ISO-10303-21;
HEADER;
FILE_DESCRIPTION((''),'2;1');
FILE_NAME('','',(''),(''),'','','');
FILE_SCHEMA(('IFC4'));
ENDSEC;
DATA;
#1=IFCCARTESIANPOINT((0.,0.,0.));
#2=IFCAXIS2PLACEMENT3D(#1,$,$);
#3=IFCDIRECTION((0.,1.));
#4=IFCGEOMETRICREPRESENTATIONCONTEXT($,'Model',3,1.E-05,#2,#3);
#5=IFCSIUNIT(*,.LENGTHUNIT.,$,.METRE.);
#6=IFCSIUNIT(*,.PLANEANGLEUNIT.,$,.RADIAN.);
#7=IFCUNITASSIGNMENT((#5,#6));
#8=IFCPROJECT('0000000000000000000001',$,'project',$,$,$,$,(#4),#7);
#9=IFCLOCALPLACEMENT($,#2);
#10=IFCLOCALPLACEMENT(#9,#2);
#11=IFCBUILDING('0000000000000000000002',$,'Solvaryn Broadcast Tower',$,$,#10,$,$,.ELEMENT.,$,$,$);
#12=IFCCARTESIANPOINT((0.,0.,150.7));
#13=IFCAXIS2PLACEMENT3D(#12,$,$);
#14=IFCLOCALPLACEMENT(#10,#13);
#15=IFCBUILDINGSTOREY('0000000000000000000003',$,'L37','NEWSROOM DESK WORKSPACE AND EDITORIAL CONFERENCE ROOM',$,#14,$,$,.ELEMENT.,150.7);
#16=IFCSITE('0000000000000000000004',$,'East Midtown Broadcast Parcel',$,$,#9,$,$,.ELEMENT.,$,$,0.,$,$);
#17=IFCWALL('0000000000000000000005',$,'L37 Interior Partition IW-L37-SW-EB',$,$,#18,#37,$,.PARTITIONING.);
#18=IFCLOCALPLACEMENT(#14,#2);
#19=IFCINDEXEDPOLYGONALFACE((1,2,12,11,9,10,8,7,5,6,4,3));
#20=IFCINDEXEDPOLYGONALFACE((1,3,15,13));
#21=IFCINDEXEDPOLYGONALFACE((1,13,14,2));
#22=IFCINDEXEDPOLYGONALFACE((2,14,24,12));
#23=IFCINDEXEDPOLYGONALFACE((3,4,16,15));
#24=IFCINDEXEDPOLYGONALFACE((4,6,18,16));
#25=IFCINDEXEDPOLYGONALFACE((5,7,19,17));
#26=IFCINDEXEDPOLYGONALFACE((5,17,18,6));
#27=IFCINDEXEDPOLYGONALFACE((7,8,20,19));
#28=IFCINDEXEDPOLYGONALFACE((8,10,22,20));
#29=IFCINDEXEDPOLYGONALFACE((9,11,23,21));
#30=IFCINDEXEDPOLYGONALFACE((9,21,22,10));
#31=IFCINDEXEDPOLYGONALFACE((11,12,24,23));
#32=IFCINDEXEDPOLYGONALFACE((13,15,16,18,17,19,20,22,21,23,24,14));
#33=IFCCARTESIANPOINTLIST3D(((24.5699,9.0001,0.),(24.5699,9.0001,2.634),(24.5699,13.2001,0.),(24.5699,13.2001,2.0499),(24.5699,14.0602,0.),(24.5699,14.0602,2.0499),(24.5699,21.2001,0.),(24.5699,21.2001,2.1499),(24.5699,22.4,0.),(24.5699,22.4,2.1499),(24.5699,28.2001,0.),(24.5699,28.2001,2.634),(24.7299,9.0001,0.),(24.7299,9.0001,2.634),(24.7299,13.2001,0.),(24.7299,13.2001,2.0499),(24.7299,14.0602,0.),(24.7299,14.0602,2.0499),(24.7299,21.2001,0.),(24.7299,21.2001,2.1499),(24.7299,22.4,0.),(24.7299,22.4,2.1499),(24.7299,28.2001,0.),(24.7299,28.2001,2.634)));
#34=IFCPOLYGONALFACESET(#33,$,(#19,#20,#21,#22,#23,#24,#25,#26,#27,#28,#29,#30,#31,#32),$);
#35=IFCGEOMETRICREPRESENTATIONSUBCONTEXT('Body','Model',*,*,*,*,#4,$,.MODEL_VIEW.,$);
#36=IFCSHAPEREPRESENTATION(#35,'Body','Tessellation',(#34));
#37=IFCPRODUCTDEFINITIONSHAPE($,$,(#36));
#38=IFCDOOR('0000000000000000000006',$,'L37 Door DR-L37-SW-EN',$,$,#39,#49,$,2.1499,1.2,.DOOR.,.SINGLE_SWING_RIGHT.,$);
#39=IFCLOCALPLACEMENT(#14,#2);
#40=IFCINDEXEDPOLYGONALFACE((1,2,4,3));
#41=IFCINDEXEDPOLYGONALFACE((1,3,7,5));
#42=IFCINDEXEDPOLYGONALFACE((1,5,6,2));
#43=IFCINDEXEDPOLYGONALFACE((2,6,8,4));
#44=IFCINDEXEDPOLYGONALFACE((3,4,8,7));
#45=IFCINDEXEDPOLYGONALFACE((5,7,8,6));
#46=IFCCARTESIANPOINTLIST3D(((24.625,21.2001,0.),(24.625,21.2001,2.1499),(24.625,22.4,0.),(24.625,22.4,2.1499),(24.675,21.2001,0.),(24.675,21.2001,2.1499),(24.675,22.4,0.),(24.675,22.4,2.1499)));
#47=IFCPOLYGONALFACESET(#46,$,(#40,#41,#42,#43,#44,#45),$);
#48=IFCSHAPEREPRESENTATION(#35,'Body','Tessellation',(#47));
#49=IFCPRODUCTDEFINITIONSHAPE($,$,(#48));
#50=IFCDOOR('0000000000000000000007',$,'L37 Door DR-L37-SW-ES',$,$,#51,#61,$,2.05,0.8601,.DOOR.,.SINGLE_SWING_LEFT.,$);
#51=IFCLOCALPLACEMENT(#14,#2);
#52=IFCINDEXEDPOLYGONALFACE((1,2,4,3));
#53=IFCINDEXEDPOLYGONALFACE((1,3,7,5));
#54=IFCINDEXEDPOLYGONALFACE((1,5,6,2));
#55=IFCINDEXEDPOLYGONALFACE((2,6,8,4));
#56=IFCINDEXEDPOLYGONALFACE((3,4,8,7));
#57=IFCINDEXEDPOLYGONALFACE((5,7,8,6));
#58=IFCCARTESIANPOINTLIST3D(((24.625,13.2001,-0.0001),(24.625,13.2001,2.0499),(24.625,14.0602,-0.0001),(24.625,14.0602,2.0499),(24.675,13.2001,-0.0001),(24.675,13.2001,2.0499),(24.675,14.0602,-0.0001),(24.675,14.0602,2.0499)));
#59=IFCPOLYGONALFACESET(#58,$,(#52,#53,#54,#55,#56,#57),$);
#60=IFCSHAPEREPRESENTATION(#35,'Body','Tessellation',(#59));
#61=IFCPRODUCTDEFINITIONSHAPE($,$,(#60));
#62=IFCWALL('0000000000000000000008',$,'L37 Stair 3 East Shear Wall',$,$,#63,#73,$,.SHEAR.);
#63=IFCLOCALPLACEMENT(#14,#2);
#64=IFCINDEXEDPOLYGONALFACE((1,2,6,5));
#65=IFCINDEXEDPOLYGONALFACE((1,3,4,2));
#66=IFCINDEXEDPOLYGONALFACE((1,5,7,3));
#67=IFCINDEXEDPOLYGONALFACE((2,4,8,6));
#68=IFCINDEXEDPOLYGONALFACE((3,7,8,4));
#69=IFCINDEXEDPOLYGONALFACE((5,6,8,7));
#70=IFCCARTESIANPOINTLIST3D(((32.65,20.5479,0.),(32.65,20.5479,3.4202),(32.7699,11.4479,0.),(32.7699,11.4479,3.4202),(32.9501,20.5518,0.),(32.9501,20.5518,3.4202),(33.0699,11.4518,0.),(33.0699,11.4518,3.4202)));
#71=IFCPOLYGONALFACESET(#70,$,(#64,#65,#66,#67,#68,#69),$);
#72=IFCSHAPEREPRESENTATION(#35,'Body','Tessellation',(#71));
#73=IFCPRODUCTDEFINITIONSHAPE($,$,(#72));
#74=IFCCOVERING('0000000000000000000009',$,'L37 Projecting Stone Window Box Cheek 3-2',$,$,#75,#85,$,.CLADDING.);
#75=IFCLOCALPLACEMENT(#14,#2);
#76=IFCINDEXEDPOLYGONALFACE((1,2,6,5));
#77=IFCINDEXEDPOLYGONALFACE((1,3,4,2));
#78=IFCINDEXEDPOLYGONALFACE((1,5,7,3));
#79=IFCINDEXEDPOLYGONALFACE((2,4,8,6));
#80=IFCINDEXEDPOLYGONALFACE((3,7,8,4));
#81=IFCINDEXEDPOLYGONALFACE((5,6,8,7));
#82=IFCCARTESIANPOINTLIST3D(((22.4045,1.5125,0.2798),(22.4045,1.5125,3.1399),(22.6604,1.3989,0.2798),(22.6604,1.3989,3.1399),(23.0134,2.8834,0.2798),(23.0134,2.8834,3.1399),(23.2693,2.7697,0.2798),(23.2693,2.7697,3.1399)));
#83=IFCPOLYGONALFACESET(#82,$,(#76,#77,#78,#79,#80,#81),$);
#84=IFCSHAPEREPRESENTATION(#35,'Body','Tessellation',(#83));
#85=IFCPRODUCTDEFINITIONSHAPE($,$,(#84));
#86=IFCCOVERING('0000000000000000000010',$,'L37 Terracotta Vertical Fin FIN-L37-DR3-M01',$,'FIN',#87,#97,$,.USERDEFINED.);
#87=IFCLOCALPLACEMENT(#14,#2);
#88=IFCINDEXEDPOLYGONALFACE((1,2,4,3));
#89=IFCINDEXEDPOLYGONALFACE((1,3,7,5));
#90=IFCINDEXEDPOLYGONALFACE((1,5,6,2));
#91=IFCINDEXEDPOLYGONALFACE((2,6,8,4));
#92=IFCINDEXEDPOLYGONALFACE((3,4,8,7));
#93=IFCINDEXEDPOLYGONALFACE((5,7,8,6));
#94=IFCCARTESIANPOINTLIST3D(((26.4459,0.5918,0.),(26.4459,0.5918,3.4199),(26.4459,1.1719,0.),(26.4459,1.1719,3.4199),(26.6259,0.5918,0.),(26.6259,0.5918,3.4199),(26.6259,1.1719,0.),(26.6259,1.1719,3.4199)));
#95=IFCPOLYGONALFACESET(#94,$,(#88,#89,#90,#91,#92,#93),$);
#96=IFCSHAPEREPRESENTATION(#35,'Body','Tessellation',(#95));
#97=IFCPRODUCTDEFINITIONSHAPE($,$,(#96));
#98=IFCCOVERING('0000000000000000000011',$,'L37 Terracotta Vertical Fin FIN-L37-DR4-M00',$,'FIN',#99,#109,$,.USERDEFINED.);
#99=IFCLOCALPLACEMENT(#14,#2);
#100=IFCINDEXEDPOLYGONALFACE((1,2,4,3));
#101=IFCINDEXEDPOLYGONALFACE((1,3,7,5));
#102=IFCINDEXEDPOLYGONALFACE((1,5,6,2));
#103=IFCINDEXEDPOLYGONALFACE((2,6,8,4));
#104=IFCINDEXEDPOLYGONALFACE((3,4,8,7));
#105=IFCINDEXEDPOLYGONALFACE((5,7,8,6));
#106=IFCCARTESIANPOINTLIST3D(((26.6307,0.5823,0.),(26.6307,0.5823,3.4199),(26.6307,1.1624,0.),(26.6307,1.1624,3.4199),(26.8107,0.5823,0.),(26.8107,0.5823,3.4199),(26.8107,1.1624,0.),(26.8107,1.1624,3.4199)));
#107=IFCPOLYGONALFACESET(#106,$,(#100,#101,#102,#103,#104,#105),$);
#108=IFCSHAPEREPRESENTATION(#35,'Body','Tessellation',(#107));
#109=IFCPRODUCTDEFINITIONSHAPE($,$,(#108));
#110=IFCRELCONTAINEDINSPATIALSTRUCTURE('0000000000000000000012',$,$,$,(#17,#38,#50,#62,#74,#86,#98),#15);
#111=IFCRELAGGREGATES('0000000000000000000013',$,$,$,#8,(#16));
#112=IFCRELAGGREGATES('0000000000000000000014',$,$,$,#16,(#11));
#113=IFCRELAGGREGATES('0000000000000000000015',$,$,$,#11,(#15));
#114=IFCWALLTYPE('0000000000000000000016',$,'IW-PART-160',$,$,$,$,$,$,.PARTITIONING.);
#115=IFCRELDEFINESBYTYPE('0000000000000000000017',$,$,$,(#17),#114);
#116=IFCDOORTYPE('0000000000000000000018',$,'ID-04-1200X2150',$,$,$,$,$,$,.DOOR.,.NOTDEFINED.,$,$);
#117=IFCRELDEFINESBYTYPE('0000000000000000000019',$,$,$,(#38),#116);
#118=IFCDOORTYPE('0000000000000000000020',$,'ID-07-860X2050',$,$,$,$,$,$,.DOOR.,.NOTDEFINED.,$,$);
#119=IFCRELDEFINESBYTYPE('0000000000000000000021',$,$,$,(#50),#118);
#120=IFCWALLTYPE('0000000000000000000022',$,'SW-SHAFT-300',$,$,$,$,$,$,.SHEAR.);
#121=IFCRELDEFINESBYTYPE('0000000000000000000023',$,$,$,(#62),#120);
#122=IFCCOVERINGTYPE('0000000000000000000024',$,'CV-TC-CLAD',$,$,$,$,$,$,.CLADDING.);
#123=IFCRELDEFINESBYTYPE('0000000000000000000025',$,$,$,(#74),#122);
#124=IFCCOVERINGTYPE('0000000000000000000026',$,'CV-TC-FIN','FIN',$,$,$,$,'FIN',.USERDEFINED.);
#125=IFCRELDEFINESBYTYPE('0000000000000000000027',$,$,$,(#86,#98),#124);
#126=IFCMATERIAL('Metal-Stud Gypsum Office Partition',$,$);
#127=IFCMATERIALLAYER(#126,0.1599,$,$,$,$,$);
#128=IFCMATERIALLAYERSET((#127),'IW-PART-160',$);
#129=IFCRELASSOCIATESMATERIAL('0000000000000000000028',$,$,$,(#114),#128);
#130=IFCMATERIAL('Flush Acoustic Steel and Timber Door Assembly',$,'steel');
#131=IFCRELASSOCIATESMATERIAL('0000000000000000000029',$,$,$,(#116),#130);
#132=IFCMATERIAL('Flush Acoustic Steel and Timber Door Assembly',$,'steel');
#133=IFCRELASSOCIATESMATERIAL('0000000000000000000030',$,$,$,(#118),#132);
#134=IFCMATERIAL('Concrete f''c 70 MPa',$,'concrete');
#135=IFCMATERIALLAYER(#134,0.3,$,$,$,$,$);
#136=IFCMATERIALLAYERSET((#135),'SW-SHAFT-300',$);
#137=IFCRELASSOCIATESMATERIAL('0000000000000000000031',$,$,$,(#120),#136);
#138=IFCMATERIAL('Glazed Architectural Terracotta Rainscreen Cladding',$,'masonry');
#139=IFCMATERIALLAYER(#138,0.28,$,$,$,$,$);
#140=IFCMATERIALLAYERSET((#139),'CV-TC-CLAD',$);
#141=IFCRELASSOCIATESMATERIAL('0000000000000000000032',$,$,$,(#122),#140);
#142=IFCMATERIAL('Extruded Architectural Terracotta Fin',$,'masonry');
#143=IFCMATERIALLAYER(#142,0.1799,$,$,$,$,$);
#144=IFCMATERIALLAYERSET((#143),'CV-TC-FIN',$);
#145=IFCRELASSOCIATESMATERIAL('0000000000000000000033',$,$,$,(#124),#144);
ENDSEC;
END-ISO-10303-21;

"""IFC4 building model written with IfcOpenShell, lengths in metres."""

from ifc_helpers import new_model, si_unit, direction, frame, frame_2d, origin, origin_2d, place, context, subcontext, project, spatial, rectangle, extrude, material, layer, layer_set, type_object, element, fill, save


model = new_model("IFC4")

# Units and contexts
model_context = context("Model", 3, precision=1e-05, world=origin(), true_north=direction((0.0, 1.0)))
body_context = subcontext(model_context, "Body", "Model", "MODEL_VIEW")
ifc_project = project(units=[si_unit("LENGTHUNIT", "METRE"), si_unit("PLANEANGLEUNIT", "RADIAN")], contexts=[model_context])

# Site, building, storey
site_placement = place(None, origin())
site = spatial("IfcSite", under=ifc_project, at=site_placement, Name="East Midtown Broadcast Parcel", CompositionType="ELEMENT", RefElevation=0.0)
building_placement = place(site_placement, origin())
building = spatial("IfcBuilding", under=site, at=building_placement, Name="Solvaryn Broadcast Tower", CompositionType="ELEMENT")
storey_placement = place(building_placement, frame((0.0, 0.0, 150.7)))
storey = spatial("IfcBuildingStorey", under=building, at=storey_placement, Name="L37", Description="NEWSROOM DESK WORKSPACE AND EDITORIAL CONFERENCE ROOM", CompositionType="ELEMENT", Elevation=150.7)

# Wall, openings, doors
ifc_material_1 = material(Name="Metal-Stud Gypsum Office Partition")
ifc_layer_1 = layer(ifc_material_1, 0.1599)
ifc_layer_set_1 = layer_set([ifc_layer_1], Name="IW-PART-160")
wall_type_1 = type_object("IfcWallType", Name="IW-PART-160", PredefinedType="PARTITIONING", material=ifc_layer_set_1)
wall_1_placement = place(storey_placement, frame((24.6499, 9.0, 0.0), z_axis=(0.0, 0.0, 1.0), x_axis=(0.0, 1.0, 0.0)))
wall_1 = element("IfcWall", 1, at=wall_1_placement, inside=storey, type_object=wall_type_1, Name="L37 Interior Partition IW-L37-SW-EB", PredefinedType="PARTITIONING", context=body_context, shape_type="SweptSolid", body=[
    extrude(rectangle(XDim=19.2, YDim=0.1599, at=frame_2d((9.6001, 0.0))), origin(), (0.0, 0.0, 1.0), 2.634),
])
opening_1_placement = place(wall_1_placement, frame((12.2, 0.0, 0.0)))
opening_1 = element("IfcOpeningElement", 2, at=opening_1_placement, cuts=wall_1, PredefinedType="OPENING", context=body_context, shape_type="SweptSolid", body=[
    extrude(rectangle(XDim=1.2, YDim=2.1499, at=frame_2d((0.6001, 1.075))), frame((0.0, 0.0901, 0.0), z_axis=(0.0, -1.0, 0.0), x_axis=(1.0, 0.0, 0.0)), (0.0, 0.0, 1.0), 0.1799),
])
opening_2_placement = place(wall_1_placement, frame((4.2, 0.0, 0.0)))
opening_2 = element("IfcOpeningElement", 3, at=opening_2_placement, cuts=wall_1, PredefinedType="OPENING", context=body_context, shape_type="SweptSolid", body=[
    extrude(rectangle(XDim=0.8601, YDim=2.05, at=frame_2d((0.4302, 1.0249))), frame((0.0, 0.0901, 0.0), z_axis=(0.0, -1.0, 0.0), x_axis=(1.0, 0.0, 0.0)), (0.0, 0.0, 1.0), 0.1799),
])
ifc_material_2 = material(Name="Flush Acoustic Steel and Timber Door Assembly", Category="steel")
door_type_1 = type_object("IfcDoorType", Name="ID-04-1200X2150", OperationType="NOTDEFINED", PredefinedType="DOOR", material=ifc_material_2)
door_1_placement = place(opening_1_placement, origin())
door_1 = element("IfcDoor", 4, at=door_1_placement, inside=storey, type_object=door_type_1, Name="L37 Door DR-L37-SW-EN", OperationType="SINGLE_SWING_RIGHT", OverallHeight=2.1499, OverallWidth=1.2, PredefinedType="DOOR", context=body_context, shape_type="SweptSolid", body=[
    extrude(rectangle(XDim=1.2, YDim=2.1499, at=frame_2d((0.6001, 1.075))), frame((0.0, 0.0249, 0.0), z_axis=(0.0, -1.0, 0.0), x_axis=(1.0, 0.0, 0.0)), (0.0, 0.0, 1.0), 0.05),
])
fill(opening_1, door_1)
ifc_material_3 = material(Name="Flush Acoustic Steel and Timber Door Assembly", Category="steel")
door_type_2 = type_object("IfcDoorType", Name="ID-07-860X2050", OperationType="NOTDEFINED", PredefinedType="DOOR", material=ifc_material_3)
door_2_placement = place(opening_2_placement, origin())
door_2 = element("IfcDoor", 5, at=door_2_placement, inside=storey, type_object=door_type_2, Name="L37 Door DR-L37-SW-ES", OperationType="SINGLE_SWING_LEFT", OverallHeight=2.05, OverallWidth=0.8601, PredefinedType="DOOR", context=body_context, shape_type="SweptSolid", body=[
    extrude(rectangle(XDim=0.8601, YDim=2.05, at=frame_2d((0.4302, 1.0249))), frame((0.0, 0.0249, 0.0), z_axis=(0.0, -1.0, 0.0), x_axis=(1.0, 0.0, 0.0)), (0.0, 0.0, 1.0), 0.05),
])
fill(opening_2, door_2)

# Wall
ifc_material_4 = material(Name="Concrete f'c 70 MPa", Category="concrete")
ifc_layer_2 = layer(ifc_material_4, 0.3)
ifc_layer_set_2 = layer_set([ifc_layer_2], Name="SW-SHAFT-300")
wall_type_2 = type_object("IfcWallType", Name="SW-SHAFT-300", PredefinedType="SHEAR", material=ifc_layer_set_2)
wall_2_placement = place(storey_placement, frame((32.9199, 11.45, 0.0), z_axis=(0.0, 0.0, 1.0), x_axis=(-0.013172, 0.999913, 0.0)))
element("IfcWall", 6, at=wall_2_placement, inside=storey, type_object=wall_type_2, Name="L37 Stair 3 East Shear Wall", PredefinedType="SHEAR", context=body_context, shape_type="SweptSolid", body=[
    extrude(rectangle(XDim=9.1008, YDim=0.3, at=frame_2d((4.5503, 0.0))), origin(), (0.0, 0.0, 1.0), 3.4202),
])

# Coverings
ifc_material_5 = material(Name="Glazed Architectural Terracotta Rainscreen Cladding", Category="masonry")
ifc_layer_3 = layer(ifc_material_5, 0.28)
ifc_layer_set_3 = layer_set([ifc_layer_3], Name="CV-TC-CLAD")
covering_type_1 = type_object("IfcCoveringType", Name="CV-TC-CLAD", PredefinedType="CLADDING", material=ifc_layer_set_3)
covering_placement = place(storey_placement, frame((22.8369, 2.1411, 0.2798), z_axis=(0.0, 0.0, 1.0), x_axis=(0.9139, -0.405939, 0.0)))
element("IfcCovering", 7, at=covering_placement, inside=storey, type_object=covering_type_1, Name="L37 Projecting Stone Window Box Cheek 3-2", PredefinedType="CLADDING", context=body_context, shape_type="SweptSolid", body=[
    extrude(rectangle(XDim=0.28, YDim=1.5, at=origin_2d()), origin(), (0.0, 0.0, 1.0), 2.8601),
])
ifc_material_6 = material(Name="Extruded Architectural Terracotta Fin", Category="masonry")
ifc_layer_4 = layer(ifc_material_6, 0.1799)
ifc_layer_set_4 = layer_set([ifc_layer_4], Name="CV-TC-FIN")
covering_type_2 = type_object("IfcCoveringType", Name="CV-TC-FIN", Description="FIN", ElementType="FIN", PredefinedType="USERDEFINED", material=ifc_layer_set_4)
for number, where, z_axis, x_axis, name in (
    (8, (26.5359, 0.8818, 0.0), (0.0, 0.0, 1.0), (1.0, 0.0, 0.0), "L37 Terracotta Vertical Fin FIN-L37-DR3-M01"),
    (9, (26.7207, 0.8723, 0.0), (0.0, 0.0, 1.0), (1.0, 0.0, 0.0), "L37 Terracotta Vertical Fin FIN-L37-DR4-M00"),
):
    element("IfcCovering", number, at=place(storey_placement, frame(where, z_axis=z_axis, x_axis=x_axis)), inside=storey, type_object=covering_type_2, Name=name, ObjectType="FIN", PredefinedType="USERDEFINED", context=body_context, shape_type="SweptSolid", body=[
        extrude(rectangle(XDim=0.1799, YDim=0.5801, at=origin_2d()), origin(), (0.0, 0.0, 1.0), 3.4199),
    ])

save(model, "model.ifc")
